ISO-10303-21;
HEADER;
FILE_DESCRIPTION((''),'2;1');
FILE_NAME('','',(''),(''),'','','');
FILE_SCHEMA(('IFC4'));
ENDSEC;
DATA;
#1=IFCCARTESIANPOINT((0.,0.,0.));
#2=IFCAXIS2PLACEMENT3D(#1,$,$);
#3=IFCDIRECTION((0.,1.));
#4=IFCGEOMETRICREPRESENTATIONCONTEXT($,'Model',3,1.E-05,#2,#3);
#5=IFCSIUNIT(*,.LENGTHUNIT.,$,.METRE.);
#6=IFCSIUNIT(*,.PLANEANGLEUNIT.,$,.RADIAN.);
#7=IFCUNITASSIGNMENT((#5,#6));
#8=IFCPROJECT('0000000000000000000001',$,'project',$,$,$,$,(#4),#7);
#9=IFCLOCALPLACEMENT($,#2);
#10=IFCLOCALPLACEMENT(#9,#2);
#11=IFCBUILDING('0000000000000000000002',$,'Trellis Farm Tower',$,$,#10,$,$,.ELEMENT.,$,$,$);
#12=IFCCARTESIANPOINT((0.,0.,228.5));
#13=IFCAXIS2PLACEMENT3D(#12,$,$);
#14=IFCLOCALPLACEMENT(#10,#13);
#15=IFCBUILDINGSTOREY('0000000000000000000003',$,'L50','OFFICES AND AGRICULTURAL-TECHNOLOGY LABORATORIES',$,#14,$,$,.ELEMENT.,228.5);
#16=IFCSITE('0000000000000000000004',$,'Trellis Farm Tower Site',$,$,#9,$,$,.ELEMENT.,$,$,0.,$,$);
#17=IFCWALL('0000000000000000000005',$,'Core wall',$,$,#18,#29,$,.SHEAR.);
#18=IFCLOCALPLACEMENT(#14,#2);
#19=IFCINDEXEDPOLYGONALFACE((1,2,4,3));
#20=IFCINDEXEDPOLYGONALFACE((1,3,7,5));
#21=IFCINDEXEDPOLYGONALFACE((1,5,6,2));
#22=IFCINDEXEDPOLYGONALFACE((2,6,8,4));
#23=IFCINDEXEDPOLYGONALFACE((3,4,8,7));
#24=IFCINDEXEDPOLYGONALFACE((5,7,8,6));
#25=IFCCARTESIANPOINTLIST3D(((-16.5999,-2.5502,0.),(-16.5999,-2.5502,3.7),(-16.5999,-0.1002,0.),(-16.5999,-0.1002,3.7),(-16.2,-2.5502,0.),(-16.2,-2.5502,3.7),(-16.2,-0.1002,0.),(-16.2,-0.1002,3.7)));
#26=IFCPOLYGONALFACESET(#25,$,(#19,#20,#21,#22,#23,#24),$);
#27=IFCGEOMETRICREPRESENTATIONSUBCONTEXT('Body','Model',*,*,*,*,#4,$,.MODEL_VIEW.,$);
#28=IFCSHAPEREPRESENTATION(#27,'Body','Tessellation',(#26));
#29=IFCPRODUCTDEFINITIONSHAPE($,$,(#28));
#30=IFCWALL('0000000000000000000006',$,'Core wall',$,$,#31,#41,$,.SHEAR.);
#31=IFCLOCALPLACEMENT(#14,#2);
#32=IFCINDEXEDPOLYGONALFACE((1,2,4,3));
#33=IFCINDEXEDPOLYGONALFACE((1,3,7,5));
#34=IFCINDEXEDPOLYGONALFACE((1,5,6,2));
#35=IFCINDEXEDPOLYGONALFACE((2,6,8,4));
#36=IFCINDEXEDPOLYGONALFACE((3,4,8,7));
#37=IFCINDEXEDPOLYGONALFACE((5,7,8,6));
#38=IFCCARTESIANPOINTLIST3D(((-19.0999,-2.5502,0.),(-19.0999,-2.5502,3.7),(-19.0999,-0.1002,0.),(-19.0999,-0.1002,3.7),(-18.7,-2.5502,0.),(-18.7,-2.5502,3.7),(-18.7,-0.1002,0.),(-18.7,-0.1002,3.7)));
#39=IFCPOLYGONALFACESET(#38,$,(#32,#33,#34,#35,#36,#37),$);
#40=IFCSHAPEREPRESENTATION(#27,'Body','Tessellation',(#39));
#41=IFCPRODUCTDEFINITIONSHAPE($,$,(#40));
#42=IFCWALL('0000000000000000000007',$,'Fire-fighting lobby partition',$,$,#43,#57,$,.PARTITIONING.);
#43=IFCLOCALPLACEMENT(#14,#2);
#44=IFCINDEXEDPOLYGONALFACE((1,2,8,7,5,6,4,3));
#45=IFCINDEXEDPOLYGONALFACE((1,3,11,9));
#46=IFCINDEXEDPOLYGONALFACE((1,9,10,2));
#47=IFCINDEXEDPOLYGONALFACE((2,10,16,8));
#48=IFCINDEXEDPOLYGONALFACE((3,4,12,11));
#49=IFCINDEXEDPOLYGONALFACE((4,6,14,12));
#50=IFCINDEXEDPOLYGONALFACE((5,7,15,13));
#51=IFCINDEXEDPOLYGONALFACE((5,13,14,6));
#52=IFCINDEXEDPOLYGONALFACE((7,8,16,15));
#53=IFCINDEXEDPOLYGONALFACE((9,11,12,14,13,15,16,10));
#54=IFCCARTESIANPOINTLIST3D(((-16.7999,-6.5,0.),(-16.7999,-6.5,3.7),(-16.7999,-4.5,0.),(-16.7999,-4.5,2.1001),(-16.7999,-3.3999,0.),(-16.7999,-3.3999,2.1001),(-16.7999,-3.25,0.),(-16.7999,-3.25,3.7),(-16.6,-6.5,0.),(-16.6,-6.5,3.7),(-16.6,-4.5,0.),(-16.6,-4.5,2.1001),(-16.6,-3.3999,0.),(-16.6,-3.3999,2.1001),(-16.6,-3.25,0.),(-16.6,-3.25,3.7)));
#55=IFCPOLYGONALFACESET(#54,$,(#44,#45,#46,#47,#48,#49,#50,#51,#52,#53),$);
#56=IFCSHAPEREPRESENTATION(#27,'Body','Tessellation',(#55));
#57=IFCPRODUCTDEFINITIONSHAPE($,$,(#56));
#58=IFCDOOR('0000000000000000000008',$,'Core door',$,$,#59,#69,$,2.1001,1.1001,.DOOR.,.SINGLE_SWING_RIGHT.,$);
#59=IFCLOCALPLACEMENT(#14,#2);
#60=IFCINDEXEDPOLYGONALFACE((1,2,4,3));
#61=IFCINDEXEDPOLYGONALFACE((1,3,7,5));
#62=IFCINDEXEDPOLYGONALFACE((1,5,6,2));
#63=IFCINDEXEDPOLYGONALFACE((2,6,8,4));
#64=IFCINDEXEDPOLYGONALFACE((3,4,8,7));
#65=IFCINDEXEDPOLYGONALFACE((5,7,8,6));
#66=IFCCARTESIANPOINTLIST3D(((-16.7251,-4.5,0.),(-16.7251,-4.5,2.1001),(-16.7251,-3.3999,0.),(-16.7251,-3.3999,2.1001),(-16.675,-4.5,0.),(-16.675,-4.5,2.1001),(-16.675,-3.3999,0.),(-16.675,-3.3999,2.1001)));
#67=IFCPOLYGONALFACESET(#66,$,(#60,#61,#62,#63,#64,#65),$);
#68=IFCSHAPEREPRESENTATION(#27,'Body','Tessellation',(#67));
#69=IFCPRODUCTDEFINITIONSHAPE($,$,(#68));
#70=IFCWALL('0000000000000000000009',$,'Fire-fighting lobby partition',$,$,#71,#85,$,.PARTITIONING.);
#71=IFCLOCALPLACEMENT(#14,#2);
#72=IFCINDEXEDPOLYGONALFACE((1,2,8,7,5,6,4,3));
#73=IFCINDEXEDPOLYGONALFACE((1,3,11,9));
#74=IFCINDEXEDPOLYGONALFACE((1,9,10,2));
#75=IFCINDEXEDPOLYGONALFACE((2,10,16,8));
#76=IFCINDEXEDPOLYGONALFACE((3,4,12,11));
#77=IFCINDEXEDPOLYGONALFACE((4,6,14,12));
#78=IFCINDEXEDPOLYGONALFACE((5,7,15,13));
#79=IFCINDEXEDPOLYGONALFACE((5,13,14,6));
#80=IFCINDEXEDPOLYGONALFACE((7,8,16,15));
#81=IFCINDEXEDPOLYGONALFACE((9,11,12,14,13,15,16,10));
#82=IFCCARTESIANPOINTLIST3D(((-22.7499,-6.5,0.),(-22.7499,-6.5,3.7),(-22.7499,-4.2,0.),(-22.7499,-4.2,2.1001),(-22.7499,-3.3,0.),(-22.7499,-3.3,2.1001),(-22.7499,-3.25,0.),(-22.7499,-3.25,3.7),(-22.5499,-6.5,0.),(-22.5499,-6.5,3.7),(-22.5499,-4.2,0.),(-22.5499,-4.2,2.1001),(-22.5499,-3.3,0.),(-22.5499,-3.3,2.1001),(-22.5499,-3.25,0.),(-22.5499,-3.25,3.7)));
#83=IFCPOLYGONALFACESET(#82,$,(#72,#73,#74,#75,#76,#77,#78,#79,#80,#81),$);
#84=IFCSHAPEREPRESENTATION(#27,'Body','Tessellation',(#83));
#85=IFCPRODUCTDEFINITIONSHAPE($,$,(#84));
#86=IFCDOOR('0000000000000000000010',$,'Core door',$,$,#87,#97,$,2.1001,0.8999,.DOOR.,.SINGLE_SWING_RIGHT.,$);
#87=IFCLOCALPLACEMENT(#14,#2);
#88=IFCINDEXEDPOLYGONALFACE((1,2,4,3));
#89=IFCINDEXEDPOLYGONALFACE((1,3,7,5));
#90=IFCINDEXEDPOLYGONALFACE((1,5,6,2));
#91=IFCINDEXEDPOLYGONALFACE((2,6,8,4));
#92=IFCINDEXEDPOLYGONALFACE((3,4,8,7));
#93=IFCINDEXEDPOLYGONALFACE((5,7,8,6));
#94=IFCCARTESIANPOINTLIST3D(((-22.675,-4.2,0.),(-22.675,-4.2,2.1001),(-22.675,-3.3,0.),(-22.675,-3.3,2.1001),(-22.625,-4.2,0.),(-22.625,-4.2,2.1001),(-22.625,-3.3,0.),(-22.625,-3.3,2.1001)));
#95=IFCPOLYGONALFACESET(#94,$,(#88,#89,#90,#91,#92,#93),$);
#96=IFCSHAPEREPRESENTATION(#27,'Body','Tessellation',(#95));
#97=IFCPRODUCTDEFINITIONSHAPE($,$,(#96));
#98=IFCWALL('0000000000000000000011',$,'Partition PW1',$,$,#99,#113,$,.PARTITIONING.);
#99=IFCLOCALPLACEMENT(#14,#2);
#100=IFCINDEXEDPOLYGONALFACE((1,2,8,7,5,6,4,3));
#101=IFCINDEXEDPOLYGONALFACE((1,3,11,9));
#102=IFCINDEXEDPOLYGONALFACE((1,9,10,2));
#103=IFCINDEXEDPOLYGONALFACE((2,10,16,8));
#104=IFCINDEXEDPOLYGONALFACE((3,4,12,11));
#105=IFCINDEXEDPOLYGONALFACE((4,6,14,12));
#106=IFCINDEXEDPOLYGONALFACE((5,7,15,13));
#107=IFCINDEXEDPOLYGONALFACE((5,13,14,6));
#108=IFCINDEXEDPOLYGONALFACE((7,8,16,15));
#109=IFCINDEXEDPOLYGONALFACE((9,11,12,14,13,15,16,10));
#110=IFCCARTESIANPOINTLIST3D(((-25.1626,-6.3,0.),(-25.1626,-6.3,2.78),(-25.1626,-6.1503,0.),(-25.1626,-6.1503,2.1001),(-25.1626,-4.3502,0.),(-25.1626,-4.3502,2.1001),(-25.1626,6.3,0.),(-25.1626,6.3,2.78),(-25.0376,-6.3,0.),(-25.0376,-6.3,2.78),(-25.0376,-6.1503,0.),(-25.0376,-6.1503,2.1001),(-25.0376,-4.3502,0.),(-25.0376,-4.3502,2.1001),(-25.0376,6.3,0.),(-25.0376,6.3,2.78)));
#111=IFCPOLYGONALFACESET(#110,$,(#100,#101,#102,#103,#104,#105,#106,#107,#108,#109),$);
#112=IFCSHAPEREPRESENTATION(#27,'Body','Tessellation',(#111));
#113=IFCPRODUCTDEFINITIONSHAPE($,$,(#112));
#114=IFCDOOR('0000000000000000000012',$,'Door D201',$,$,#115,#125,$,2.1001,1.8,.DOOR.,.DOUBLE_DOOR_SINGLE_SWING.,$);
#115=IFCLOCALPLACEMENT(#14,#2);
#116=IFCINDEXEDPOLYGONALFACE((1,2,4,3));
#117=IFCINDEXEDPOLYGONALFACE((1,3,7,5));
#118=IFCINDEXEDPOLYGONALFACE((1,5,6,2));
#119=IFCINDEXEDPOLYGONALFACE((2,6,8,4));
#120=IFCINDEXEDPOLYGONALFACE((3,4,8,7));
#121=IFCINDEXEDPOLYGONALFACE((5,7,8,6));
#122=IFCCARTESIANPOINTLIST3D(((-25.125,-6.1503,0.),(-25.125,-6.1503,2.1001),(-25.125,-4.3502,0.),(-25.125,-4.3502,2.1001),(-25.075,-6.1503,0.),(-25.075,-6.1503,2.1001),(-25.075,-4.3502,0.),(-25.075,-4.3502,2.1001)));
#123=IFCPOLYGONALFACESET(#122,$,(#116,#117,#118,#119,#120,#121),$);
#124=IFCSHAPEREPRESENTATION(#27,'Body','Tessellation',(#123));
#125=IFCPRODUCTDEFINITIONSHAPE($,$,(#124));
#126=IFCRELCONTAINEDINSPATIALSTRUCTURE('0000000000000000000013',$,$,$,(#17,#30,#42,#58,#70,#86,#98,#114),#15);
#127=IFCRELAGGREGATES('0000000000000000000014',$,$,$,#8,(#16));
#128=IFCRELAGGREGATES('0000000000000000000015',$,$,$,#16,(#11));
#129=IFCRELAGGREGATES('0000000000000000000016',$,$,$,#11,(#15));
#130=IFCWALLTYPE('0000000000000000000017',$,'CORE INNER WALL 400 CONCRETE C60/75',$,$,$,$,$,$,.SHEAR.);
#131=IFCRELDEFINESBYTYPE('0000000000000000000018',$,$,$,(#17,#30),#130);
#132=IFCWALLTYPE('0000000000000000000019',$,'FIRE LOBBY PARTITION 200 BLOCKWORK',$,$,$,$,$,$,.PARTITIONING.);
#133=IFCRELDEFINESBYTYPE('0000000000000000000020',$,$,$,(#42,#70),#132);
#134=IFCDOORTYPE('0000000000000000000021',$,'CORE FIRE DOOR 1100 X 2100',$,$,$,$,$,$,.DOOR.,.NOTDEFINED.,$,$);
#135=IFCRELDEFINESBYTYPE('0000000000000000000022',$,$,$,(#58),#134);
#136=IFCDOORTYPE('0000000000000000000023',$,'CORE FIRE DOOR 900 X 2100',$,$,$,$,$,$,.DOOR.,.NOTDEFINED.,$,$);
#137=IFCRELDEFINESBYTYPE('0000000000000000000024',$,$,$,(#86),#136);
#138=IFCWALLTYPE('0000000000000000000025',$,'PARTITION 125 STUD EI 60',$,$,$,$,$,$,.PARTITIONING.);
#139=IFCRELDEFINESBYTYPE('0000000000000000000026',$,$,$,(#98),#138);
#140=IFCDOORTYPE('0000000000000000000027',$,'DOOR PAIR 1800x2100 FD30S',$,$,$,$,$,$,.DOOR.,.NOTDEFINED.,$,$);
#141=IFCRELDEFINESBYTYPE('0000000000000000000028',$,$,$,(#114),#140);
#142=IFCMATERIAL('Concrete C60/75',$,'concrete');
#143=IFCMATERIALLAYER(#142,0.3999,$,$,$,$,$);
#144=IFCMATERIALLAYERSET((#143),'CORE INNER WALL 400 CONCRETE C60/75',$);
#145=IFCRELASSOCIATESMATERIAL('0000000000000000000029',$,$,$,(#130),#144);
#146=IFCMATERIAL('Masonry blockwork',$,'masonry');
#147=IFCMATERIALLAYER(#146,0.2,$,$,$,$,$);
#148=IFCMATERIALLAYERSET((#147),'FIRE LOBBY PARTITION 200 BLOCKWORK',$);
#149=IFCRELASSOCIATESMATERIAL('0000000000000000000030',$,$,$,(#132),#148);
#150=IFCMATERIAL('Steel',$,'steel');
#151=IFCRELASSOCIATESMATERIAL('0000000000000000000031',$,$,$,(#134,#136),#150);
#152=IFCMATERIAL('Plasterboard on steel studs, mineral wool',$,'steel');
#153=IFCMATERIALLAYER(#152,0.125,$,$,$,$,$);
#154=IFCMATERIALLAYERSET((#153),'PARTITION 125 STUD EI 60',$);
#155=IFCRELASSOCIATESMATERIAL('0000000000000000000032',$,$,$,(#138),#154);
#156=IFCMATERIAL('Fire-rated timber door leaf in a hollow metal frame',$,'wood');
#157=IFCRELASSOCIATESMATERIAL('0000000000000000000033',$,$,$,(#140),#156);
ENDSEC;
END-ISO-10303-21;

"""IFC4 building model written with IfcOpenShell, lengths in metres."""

from ifc_helpers import new_model, si_unit, direction, frame, frame_2d, origin, place, context, subcontext, project, spatial, rectangle, extrude, source, transform, mapped, material, layer, layer_set, type_object, element, fill, save


model = new_model("IFC4")

# Units and contexts
model_context = context("Model", 3, precision=1e-05, world=origin(), true_north=direction((0.0, 1.0)))
body_context = subcontext(model_context, "Body", "Model", "MODEL_VIEW")
ifc_project = project(units=[si_unit("LENGTHUNIT", "METRE"), si_unit("PLANEANGLEUNIT", "RADIAN")], contexts=[model_context])

# Site, building, storey
site_placement = place(None, origin())
site = spatial("IfcSite", under=ifc_project, at=site_placement, Name="Trellis Farm Tower Site", CompositionType="ELEMENT", RefElevation=0.0)
building_placement = place(site_placement, origin())
building = spatial("IfcBuilding", under=site, at=building_placement, Name="Trellis Farm Tower", CompositionType="ELEMENT")
storey_placement = place(building_placement, frame((0.0, 0.0, 228.5)))
storey = spatial("IfcBuildingStorey", under=building, at=storey_placement, Name="L50", Description="OFFICES AND AGRICULTURAL-TECHNOLOGY LABORATORIES", CompositionType="ELEMENT", Elevation=228.5)

# Shared definitions
ifc_material_1 = material(Name="Concrete C60/75", Category="concrete")

# Walls
ifc_layer_1 = layer(ifc_material_1, 0.3999)
ifc_layer_set_1 = layer_set([ifc_layer_1], Name="CORE INNER WALL 400 CONCRETE C60/75")
wall_type_1 = type_object("IfcWallType", Name="CORE INNER WALL 400 CONCRETE C60/75", PredefinedType="SHEAR", material=ifc_layer_set_1)
shared_shape_1 = source(origin(), body_context, "Body", "SweptSolid", [
    extrude(rectangle(XDim=2.45, YDim=0.3999, at=frame_2d((1.2251, 0.0))), origin(), (0.0, 0.0, 1.0), 3.7),
])
for number, where, z_axis, x_axis, name in (
    (1, (-16.3999, -0.1001, 0.0), (0.0, 0.0, 1.0), (0.0, -1.0, 0.0), "Core wall"),
    (2, (-18.8999, -0.1001, 0.0), (0.0, 0.0, 1.0), (0.0, -1.0, 0.0), "Core wall"),
):
    element("IfcWall", number, at=place(storey_placement, frame(where, z_axis=z_axis, x_axis=x_axis)), inside=storey, type_object=wall_type_1, Name=name, PredefinedType="SHEAR", context=body_context, shape_type="MappedRepresentation", body=[
        mapped(shared_shape_1, transform((0.0, 0.0, 0.0))),
    ])

# Walls, openings, doors
ifc_material_2 = material(Name="Masonry blockwork", Category="masonry")
ifc_layer_2 = layer(ifc_material_2, 0.2)
ifc_layer_set_2 = layer_set([ifc_layer_2], Name="FIRE LOBBY PARTITION 200 BLOCKWORK")
wall_type_2 = type_object("IfcWallType", Name="FIRE LOBBY PARTITION 200 BLOCKWORK", PredefinedType="PARTITIONING", material=ifc_layer_set_2)
shared_shape_2 = source(origin(), body_context, "Body", "SweptSolid", [
    extrude(rectangle(XDim=3.25, YDim=0.2, at=frame_2d((1.625, 0.0))), origin(), (0.0, 0.0, 1.0), 3.7),
])
wall_1_placement = place(storey_placement, frame((-16.7, -3.25, 0.0), z_axis=(0.0, 0.0, 1.0), x_axis=(0.0, -1.0, 0.0)))
wall_1 = element("IfcWall", 3, at=wall_1_placement, inside=storey, type_object=wall_type_2, Name="Fire-fighting lobby partition", PredefinedType="PARTITIONING", context=body_context, shape_type="MappedRepresentation", body=[
    mapped(shared_shape_2, transform((0.0, 0.0, 0.0))),
])
shared_shape_3 = source(origin(), body_context, "Body", "SweptSolid", [
    extrude(rectangle(XDim=1.1001, YDim=2.1001, at=frame_2d((0.55, 1.05))), frame((0.0, 0.1101, 0.0), z_axis=(0.0, -1.0, 0.0), x_axis=(1.0, 0.0, 0.0)), (0.0, 0.0, 1.0), 0.2202),
])
opening_1_placement = place(wall_1_placement, frame((0.1499, 0.0, 0.0)))
opening_1 = element("IfcOpeningElement", 4, at=opening_1_placement, cuts=wall_1, PredefinedType="OPENING", context=body_context, shape_type="MappedRepresentation", body=[
    mapped(shared_shape_3, transform((0.0, 0.0, 0.0))),
])
ifc_material_3 = material(Name="Steel", Category="steel")
door_type_1 = type_object("IfcDoorType", Name="CORE FIRE DOOR 1100 X 2100", OperationType="NOTDEFINED", PredefinedType="DOOR", material=ifc_material_3)
shared_shape_4 = source(origin(), body_context, "Body", "SweptSolid", [
    extrude(rectangle(XDim=1.1001, YDim=2.1001, at=frame_2d((0.55, 1.05))), frame((0.0, 0.0249, 0.0), z_axis=(0.0, -1.0, 0.0), x_axis=(1.0, 0.0, 0.0)), (0.0, 0.0, 1.0), 0.05),
])
door_1_placement = place(opening_1_placement, origin())
door_1 = element("IfcDoor", 5, at=door_1_placement, inside=storey, type_object=door_type_1, Name="Core door", OperationType="SINGLE_SWING_RIGHT", OverallHeight=2.1001, OverallWidth=1.1001, PredefinedType="DOOR", context=body_context, shape_type="MappedRepresentation", body=[
    mapped(shared_shape_4, transform((0.0, 0.0, 0.0))),
])
fill(opening_1, door_1)
wall_2_placement = place(storey_placement, frame((-22.6499, -3.25, 0.0), z_axis=(0.0, 0.0, 1.0), x_axis=(0.0, -1.0, 0.0)))
wall_2 = element("IfcWall", 6, at=wall_2_placement, inside=storey, type_object=wall_type_2, Name="Fire-fighting lobby partition", PredefinedType="PARTITIONING", context=body_context, shape_type="MappedRepresentation", body=[
    mapped(shared_shape_2, transform((0.0, 0.0, 0.0))),
])
shared_shape_5 = source(origin(), body_context, "Body", "SweptSolid", [
    extrude(rectangle(XDim=0.8999, YDim=2.1001, at=frame_2d((0.45, 1.05))), frame((0.0, 0.1101, 0.0), z_axis=(0.0, -1.0, 0.0), x_axis=(1.0, 0.0, 0.0)), (0.0, 0.0, 1.0), 0.2202),
])
opening_2_placement = place(wall_2_placement, frame((0.05, 0.0, 0.0)))
opening_2 = element("IfcOpeningElement", 7, at=opening_2_placement, cuts=wall_2, PredefinedType="OPENING", context=body_context, shape_type="MappedRepresentation", body=[
    mapped(shared_shape_5, transform((0.0, 0.0, 0.0))),
])
door_type_2 = type_object("IfcDoorType", Name="CORE FIRE DOOR 900 X 2100", OperationType="NOTDEFINED", PredefinedType="DOOR", material=ifc_material_3)
shared_shape_6 = source(origin(), body_context, "Body", "SweptSolid", [
    extrude(rectangle(XDim=0.8999, YDim=2.1001, at=frame_2d((0.45, 1.05))), frame((0.0, 0.0249, 0.0), z_axis=(0.0, -1.0, 0.0), x_axis=(1.0, 0.0, 0.0)), (0.0, 0.0, 1.0), 0.05),
])
door_2_placement = place(opening_2_placement, origin())
door_2 = element("IfcDoor", 8, at=door_2_placement, inside=storey, type_object=door_type_2, Name="Core door", OperationType="SINGLE_SWING_RIGHT", OverallHeight=2.1001, OverallWidth=0.8999, PredefinedType="DOOR", context=body_context, shape_type="MappedRepresentation", body=[
    mapped(shared_shape_6, transform((0.0, 0.0, 0.0))),
])
fill(opening_2, door_2)
ifc_material_4 = material(Name="Plasterboard on steel studs, mineral wool", Category="steel")
ifc_layer_3 = layer(ifc_material_4, 0.125)
ifc_layer_set_3 = layer_set([ifc_layer_3], Name="PARTITION 125 STUD EI 60")
wall_type_3 = type_object("IfcWallType", Name="PARTITION 125 STUD EI 60", PredefinedType="PARTITIONING", material=ifc_layer_set_3)
shared_shape_7 = source(origin(), body_context, "Body", "SweptSolid", [
    extrude(rectangle(XDim=12.6001, YDim=0.125, at=frame_2d((6.3, 0.0))), origin(), (0.0, 0.0, 1.0), 2.78),
])
wall_3_placement = place(storey_placement, frame((-25.1001, -6.3, 0.0), z_axis=(0.0, 0.0, 1.0), x_axis=(0.0, 1.0, 0.0)))
wall_3 = element("IfcWall", 9, at=wall_3_placement, inside=storey, type_object=wall_type_3, Name="Partition PW1", PredefinedType="PARTITIONING", context=body_context, shape_type="MappedRepresentation", body=[
    mapped(shared_shape_7, transform((0.0, 0.0, 0.0))),
])
shared_shape_8 = source(origin(), body_context, "Body", "SweptSolid", [
    extrude(rectangle(XDim=1.8, YDim=2.1001, at=frame_2d((0.8999, 1.05))), frame((0.0, 0.0725, 0.0), z_axis=(0.0, -1.0, 0.0), x_axis=(1.0, 0.0, 0.0)), (0.0, 0.0, 1.0), 0.145),
])
opening_3_placement = place(wall_3_placement, frame((0.1499, 0.0, 0.0)))
opening_3 = element("IfcOpeningElement", 10, at=opening_3_placement, cuts=wall_3, PredefinedType="OPENING", context=body_context, shape_type="MappedRepresentation", body=[
    mapped(shared_shape_8, transform((0.0, 0.0, 0.0))),
])
ifc_material_5 = material(Name="Fire-rated timber door leaf in a hollow metal frame", Category="wood")
door_type_3 = type_object("IfcDoorType", Name="DOOR PAIR 1800x2100 FD30S", OperationType="NOTDEFINED", PredefinedType="DOOR", material=ifc_material_5)
shared_shape_9 = source(origin(), body_context, "Body", "SweptSolid", [
    extrude(rectangle(XDim=1.8, YDim=2.1001, at=frame_2d((0.8999, 1.05))), frame((0.0, 0.0249, 0.0), z_axis=(0.0, -1.0, 0.0), x_axis=(1.0, 0.0, 0.0)), (0.0, 0.0, 1.0), 0.05),
])
door_3_placement = place(opening_3_placement, origin())
door_3 = element("IfcDoor", 11, at=door_3_placement, inside=storey, type_object=door_type_3, Name="Door D201", OperationType="DOUBLE_DOOR_SINGLE_SWING", OverallHeight=2.1001, OverallWidth=1.8, PredefinedType="DOOR", context=body_context, shape_type="MappedRepresentation", body=[
    mapped(shared_shape_9, transform((0.0, 0.0, 0.0))),
])
fill(opening_3, door_3)

save(model, "model.ifc")
